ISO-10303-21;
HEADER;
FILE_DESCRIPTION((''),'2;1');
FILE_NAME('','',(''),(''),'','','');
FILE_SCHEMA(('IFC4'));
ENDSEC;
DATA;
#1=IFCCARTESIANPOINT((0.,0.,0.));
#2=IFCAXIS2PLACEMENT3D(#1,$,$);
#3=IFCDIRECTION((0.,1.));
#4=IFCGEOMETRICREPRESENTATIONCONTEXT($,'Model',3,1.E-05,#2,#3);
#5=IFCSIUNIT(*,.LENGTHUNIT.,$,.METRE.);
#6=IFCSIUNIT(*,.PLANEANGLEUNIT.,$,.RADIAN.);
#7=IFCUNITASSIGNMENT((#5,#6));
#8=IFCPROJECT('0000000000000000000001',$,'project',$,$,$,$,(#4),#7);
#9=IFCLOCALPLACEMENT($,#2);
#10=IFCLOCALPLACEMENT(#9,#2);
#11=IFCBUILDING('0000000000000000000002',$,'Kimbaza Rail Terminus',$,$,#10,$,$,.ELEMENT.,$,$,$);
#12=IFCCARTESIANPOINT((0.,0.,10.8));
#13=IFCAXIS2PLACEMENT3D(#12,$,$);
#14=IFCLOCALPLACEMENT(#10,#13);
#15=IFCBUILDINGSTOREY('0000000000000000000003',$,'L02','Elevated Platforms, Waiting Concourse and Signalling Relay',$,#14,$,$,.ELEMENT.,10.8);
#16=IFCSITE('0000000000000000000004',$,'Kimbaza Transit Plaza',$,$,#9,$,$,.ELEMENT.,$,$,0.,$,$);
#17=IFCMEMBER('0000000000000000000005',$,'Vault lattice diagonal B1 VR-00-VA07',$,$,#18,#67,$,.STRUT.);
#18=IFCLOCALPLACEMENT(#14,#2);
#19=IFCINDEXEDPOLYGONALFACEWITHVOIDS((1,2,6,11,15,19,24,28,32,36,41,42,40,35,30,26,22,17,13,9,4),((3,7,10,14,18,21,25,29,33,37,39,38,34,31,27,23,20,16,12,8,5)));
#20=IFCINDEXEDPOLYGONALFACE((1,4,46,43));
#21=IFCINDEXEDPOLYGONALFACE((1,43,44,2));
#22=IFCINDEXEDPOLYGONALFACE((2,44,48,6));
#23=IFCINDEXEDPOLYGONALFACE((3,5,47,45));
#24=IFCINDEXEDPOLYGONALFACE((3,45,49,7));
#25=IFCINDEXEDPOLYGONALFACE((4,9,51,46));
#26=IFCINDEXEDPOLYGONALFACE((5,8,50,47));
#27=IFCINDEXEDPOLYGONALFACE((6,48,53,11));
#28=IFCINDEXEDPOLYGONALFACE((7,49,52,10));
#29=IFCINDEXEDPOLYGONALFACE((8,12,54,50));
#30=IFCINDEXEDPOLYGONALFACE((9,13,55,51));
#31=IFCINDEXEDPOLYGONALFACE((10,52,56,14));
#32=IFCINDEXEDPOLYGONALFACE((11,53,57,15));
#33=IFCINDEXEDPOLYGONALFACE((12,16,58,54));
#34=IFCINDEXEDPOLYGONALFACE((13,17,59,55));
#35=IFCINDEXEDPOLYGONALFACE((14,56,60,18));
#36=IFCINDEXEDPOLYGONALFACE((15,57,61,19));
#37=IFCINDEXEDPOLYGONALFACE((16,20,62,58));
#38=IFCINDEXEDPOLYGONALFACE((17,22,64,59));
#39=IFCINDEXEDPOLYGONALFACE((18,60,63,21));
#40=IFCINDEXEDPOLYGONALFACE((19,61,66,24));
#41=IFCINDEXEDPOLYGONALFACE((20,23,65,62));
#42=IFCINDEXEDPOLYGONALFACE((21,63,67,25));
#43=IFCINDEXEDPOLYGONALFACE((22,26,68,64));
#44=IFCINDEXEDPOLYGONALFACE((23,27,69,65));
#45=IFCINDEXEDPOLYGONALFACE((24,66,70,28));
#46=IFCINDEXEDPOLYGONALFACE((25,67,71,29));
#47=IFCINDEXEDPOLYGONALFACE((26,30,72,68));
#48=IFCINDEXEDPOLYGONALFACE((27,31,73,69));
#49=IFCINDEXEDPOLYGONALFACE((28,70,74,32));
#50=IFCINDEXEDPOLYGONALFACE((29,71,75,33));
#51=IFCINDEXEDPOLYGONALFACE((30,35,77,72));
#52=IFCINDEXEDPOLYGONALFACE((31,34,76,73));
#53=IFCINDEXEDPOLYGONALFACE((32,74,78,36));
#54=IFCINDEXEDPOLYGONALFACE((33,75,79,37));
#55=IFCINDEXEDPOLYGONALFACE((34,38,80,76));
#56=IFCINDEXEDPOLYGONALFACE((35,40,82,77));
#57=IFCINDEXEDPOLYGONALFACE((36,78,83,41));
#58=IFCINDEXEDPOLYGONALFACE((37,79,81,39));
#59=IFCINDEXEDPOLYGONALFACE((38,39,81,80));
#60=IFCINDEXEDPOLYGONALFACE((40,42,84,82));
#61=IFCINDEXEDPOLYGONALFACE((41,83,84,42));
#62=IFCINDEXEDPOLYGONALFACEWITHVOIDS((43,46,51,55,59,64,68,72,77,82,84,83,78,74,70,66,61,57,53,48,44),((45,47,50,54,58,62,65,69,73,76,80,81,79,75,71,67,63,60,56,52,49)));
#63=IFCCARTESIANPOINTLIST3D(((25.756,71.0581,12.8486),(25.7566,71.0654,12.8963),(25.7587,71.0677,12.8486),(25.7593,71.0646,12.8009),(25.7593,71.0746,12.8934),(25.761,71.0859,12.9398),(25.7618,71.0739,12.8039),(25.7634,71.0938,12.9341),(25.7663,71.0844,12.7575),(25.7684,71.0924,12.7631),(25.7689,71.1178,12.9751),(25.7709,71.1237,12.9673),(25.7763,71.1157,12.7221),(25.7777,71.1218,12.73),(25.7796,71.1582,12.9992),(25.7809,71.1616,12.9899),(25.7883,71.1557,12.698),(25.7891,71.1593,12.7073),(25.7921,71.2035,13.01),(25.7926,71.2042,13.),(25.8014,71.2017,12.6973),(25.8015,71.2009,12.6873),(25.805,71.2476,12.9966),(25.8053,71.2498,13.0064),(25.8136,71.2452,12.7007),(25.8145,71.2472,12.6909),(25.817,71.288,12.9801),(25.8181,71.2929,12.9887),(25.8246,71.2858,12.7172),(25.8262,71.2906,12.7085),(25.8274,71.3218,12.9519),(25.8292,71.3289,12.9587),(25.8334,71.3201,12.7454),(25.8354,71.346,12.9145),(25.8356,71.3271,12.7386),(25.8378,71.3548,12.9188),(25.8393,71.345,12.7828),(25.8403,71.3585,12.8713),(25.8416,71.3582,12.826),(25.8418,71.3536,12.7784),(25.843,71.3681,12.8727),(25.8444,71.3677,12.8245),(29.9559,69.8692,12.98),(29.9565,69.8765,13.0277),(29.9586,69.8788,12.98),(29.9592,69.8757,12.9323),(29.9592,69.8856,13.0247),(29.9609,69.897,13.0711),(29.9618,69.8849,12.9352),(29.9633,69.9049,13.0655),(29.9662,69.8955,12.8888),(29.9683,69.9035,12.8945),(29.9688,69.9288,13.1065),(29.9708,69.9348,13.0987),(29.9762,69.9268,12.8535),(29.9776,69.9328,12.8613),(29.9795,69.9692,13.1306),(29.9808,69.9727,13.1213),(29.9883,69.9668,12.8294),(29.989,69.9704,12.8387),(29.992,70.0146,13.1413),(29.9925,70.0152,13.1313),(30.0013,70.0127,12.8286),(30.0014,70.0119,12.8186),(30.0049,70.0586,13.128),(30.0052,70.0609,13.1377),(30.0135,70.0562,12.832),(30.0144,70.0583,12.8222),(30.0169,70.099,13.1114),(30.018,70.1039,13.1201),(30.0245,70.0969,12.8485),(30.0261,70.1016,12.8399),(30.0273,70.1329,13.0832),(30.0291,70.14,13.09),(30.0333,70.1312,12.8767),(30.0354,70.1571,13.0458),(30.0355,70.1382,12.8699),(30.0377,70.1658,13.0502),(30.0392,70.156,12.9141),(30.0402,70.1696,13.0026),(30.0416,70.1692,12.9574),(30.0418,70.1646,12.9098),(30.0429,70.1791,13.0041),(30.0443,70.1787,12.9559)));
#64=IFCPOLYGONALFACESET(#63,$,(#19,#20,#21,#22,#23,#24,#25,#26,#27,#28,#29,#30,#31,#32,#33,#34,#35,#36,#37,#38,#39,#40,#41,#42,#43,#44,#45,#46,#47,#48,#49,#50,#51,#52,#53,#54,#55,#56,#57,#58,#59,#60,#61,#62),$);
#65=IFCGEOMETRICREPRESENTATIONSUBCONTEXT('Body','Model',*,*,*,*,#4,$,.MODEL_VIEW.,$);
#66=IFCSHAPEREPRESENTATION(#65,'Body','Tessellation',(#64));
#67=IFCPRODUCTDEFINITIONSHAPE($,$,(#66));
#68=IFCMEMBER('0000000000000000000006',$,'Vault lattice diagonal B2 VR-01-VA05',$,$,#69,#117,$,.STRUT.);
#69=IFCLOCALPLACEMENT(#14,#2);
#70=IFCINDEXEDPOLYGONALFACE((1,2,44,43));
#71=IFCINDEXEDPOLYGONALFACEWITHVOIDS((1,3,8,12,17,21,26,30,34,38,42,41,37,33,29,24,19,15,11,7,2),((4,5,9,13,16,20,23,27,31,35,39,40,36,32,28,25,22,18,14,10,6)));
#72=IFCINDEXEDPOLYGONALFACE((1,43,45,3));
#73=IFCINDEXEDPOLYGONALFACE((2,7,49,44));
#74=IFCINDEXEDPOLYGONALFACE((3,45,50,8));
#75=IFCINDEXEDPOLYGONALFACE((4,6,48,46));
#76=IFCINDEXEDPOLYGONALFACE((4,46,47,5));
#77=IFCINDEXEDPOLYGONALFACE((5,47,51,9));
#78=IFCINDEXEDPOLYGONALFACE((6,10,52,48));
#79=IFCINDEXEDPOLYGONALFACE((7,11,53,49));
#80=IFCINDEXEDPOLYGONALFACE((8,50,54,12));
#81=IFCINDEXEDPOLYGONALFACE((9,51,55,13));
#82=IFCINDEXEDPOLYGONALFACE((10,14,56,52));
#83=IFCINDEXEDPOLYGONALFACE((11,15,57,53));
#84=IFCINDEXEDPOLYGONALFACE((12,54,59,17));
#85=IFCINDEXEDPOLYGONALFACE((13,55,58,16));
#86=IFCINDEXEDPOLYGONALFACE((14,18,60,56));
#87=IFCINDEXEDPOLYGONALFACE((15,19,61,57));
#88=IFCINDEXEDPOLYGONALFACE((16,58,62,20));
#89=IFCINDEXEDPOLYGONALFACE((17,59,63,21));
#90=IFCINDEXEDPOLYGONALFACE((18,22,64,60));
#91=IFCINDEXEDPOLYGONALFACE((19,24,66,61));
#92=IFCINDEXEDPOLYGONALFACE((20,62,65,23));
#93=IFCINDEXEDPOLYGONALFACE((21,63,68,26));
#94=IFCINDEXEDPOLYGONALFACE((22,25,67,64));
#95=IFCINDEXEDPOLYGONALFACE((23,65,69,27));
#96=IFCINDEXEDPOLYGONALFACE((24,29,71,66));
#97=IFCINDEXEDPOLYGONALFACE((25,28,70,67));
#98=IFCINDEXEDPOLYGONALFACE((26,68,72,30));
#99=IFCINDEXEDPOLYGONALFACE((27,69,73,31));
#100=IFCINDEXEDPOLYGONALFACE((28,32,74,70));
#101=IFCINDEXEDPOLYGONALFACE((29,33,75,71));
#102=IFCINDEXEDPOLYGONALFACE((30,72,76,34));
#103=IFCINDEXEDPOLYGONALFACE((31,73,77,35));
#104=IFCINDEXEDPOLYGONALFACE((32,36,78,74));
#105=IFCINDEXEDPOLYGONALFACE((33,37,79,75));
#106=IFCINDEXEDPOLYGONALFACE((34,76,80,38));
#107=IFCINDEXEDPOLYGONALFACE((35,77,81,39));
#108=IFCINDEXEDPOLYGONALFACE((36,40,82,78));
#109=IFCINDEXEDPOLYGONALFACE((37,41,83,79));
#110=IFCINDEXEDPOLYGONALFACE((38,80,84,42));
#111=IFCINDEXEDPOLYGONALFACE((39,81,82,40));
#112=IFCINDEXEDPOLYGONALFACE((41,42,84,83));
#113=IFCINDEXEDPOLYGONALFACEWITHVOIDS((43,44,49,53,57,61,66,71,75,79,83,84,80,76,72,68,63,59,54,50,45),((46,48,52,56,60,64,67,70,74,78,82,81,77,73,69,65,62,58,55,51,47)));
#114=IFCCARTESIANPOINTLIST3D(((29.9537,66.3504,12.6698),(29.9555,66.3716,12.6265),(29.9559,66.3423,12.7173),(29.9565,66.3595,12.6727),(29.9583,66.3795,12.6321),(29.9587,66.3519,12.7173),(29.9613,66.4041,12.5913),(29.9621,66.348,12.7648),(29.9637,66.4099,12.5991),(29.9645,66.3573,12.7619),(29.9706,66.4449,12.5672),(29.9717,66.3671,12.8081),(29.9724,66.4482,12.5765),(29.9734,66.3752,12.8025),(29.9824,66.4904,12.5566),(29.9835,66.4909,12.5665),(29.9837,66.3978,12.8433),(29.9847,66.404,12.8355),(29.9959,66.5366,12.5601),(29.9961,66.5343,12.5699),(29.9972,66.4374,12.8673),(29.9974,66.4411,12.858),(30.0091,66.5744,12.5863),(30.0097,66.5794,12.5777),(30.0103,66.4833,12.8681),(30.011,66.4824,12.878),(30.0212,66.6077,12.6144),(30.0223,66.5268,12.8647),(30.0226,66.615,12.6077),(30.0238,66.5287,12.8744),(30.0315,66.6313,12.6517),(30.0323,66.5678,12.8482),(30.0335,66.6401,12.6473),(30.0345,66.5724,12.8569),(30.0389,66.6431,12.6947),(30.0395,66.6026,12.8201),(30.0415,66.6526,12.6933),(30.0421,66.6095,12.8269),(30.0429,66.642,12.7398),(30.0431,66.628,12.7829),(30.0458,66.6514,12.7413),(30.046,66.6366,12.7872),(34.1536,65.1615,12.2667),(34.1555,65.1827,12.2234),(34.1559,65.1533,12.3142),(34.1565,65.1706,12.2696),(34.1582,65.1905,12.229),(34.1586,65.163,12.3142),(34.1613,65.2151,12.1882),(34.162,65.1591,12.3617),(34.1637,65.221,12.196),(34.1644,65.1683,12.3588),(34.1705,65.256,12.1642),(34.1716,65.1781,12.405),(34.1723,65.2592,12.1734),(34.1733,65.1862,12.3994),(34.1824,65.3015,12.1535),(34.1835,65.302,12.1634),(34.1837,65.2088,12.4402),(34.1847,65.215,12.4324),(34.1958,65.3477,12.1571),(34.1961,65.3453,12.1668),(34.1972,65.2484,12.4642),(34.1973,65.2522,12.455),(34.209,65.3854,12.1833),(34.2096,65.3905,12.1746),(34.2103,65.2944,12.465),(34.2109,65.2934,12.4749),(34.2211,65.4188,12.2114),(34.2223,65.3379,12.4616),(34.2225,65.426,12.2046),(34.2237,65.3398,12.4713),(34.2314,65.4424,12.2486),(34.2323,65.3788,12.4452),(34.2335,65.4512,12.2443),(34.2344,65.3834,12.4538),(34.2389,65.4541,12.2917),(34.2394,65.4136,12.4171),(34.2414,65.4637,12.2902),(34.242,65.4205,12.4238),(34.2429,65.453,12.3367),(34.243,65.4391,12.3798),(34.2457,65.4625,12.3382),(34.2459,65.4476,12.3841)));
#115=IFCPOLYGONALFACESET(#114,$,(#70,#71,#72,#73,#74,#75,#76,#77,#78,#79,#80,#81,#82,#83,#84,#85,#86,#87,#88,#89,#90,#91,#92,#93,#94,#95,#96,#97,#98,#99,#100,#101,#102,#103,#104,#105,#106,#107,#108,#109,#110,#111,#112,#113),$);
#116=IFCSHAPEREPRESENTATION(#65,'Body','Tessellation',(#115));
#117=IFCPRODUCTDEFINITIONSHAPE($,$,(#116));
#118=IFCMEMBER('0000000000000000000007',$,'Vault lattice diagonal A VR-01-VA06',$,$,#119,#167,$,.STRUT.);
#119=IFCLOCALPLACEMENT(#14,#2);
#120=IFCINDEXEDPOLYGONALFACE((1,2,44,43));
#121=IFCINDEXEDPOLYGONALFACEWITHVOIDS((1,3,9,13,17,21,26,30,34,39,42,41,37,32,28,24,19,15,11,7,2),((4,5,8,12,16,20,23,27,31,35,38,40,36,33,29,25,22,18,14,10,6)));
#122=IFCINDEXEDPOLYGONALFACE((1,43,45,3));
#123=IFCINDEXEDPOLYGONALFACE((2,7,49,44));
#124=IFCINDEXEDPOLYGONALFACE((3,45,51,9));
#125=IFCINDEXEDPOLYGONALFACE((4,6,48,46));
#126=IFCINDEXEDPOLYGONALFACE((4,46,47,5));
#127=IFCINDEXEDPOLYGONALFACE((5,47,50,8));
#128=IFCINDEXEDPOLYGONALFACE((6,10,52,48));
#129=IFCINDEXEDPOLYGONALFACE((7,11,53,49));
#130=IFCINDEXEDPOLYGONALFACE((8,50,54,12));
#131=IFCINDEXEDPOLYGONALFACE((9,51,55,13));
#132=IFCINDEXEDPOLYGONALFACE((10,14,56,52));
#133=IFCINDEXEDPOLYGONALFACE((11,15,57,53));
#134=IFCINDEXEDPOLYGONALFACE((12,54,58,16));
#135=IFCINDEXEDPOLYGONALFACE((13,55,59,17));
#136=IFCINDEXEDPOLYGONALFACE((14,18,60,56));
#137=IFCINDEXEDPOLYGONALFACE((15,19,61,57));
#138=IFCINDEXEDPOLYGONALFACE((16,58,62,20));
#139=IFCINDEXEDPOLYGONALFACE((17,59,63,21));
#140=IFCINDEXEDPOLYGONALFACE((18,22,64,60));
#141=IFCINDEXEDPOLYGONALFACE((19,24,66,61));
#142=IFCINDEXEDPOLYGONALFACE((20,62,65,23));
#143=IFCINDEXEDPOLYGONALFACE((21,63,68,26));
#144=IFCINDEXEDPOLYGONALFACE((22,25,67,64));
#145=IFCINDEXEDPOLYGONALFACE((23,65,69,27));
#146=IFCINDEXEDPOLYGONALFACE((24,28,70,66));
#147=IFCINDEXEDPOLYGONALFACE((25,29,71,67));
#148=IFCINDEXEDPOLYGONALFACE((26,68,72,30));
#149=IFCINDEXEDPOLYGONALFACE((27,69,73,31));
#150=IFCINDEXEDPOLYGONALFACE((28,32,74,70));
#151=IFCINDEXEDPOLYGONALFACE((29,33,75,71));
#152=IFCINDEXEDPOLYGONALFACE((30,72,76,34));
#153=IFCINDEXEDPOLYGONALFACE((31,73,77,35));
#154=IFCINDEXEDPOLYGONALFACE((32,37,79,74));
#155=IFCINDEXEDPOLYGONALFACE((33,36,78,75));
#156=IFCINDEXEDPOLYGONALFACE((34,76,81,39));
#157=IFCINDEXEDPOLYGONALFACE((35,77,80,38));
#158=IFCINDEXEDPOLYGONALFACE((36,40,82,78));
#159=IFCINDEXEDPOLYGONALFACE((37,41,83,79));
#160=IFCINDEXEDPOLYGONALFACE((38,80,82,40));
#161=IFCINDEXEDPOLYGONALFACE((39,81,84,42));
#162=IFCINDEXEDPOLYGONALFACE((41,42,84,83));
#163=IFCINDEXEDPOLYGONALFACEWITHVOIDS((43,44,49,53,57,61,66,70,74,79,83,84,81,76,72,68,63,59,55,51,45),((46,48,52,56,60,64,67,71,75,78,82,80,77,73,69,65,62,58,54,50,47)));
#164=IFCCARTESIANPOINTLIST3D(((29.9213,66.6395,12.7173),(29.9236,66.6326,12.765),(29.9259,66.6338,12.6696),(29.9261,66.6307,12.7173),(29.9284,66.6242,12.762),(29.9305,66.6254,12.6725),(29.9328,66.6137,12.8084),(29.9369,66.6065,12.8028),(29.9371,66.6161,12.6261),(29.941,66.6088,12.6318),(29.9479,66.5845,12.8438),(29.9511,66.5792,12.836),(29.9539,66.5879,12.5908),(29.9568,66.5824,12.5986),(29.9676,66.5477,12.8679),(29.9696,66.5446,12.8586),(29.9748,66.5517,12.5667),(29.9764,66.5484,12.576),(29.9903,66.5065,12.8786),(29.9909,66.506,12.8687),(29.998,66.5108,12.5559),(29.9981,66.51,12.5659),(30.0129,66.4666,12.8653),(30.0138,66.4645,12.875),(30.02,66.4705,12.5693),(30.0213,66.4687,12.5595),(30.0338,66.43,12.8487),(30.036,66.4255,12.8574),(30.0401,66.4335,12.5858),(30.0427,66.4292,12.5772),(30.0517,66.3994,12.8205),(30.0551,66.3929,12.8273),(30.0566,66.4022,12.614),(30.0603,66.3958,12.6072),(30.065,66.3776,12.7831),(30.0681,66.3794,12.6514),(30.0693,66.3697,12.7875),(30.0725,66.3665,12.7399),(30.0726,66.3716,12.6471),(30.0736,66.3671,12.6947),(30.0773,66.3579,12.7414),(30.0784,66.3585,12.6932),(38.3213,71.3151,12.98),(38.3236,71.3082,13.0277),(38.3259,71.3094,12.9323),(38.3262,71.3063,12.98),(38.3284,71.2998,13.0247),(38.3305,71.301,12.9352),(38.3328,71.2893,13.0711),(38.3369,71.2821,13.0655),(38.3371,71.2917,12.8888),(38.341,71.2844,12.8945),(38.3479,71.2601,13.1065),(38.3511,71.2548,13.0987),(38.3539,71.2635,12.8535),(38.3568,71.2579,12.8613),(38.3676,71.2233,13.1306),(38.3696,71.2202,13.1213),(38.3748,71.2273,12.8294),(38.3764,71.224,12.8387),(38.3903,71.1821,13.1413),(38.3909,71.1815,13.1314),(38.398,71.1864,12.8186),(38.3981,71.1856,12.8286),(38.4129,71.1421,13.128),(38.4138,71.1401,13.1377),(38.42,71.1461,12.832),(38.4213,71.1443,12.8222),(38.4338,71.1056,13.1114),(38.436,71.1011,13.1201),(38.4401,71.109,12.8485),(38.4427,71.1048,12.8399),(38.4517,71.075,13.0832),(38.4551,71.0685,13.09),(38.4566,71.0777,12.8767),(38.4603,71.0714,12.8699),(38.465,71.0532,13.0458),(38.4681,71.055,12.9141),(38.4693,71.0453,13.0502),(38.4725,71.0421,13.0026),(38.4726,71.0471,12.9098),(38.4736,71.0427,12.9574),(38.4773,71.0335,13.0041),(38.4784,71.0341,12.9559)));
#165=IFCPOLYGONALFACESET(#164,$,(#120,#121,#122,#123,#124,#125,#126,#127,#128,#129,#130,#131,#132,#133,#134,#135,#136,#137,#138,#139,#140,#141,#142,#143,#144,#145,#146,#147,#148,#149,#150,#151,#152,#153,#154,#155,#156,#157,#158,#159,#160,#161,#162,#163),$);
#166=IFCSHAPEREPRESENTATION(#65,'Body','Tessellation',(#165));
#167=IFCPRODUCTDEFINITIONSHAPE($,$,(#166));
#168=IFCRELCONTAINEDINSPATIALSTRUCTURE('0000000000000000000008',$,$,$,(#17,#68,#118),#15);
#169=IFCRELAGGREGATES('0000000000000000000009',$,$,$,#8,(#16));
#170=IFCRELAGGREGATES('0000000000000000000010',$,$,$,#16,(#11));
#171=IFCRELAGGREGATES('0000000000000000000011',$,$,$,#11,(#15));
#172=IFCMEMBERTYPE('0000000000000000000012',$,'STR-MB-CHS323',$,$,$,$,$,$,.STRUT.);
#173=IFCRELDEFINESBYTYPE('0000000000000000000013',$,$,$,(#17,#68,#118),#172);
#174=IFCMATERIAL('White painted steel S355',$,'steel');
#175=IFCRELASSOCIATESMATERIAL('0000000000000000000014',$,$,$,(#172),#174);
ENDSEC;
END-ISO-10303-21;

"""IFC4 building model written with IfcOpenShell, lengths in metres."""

from ifc_helpers import new_model, si_unit, direction, frame, origin, origin_2d, place, context, subcontext, project, spatial, hollow_circle, extrude, material, material_profile, profile_set, type_object, element, save


model = new_model("IFC4")

# Units and contexts
model_context = context("Model", 3, precision=1e-05, world=origin(), true_north=direction((0.0, 1.0)))
body_context = subcontext(model_context, "Body", "Model", "MODEL_VIEW")
ifc_project = project(units=[si_unit("LENGTHUNIT", "METRE"), si_unit("PLANEANGLEUNIT", "RADIAN")], contexts=[model_context])

# Site, building, storey
site_placement = place(None, origin())
site = spatial("IfcSite", under=ifc_project, at=site_placement, Name="Kimbaza Transit Plaza", CompositionType="ELEMENT", RefElevation=0.0)
building_placement = place(site_placement, origin())
building = spatial("IfcBuilding", under=site, at=building_placement, Name="Kimbaza Rail Terminus", CompositionType="ELEMENT")
storey_placement = place(building_placement, frame((0.0, 0.0, 10.8)))
storey = spatial("IfcBuildingStorey", under=building, at=storey_placement, Name="L02", Description="Elevated Platforms, Waiting Concourse and Signalling Relay", CompositionType="ELEMENT", Elevation=10.8)

# Members
ifc_material_1 = material(Name="White painted steel S355", Category="steel")
ifc_material_profile_1 = material_profile(ifc_material_1, hollow_circle(Radius=0.1619, WallThickness=0.01, at=origin_2d()), Name="CHS 323.9x10")
ifc_profile_set_1 = profile_set([ifc_material_profile_1], Name="White painted steel S355")
member_type_1 = type_object("IfcMemberType", Name="STR-MB-CHS323", PredefinedType="STRUT", material=ifc_profile_set_1)
for number, where, z_axis, x_axis, name in (
    (1, (30.0, 70.0249, 12.98), (-0.961753, 0.272263, -0.030077), (-0.272386, -0.962188, 0.0), "Vault lattice diagonal B1 VR-00-VA07"),
):
    element("IfcMember", number, at=place(storey_placement, frame(where, z_axis=z_axis, x_axis=x_axis)), inside=storey, type_object=member_type_1, Name=name, PredefinedType="STRUT", context=body_context, shape_type="SweptSolid", body=[
        extrude(hollow_circle(Radius=0.1619, WallThickness=0.01, at=origin_2d()), origin(), (0.0, 0.0, 1.0), 4.3669),
    ])
member_1_placement = place(storey_placement, frame((34.2, 65.3091, 12.3142), z_axis=(-0.958112, 0.271232, 0.091952), x_axis=(-0.272386, -0.962188, 0.0)))
element("IfcMember", 2, at=member_1_placement, inside=storey, type_object=member_type_1, Name="Vault lattice diagonal B2 VR-01-VA05", PredefinedType="STRUT", context=body_context, shape_type="SweptSolid", body=[
    extrude(hollow_circle(Radius=0.1619, WallThickness=0.01, at=origin_2d()), origin(), (0.0, 0.0, 1.0), 4.3835),
])
member_2_placement = place(storey_placement, frame((30.0, 66.498, 12.7173), z_axis=(0.873437, 0.486171, 0.027316), x_axis=(-0.486352, 0.873763, 0.0)))
element("IfcMember", 3, at=member_2_placement, inside=storey, type_object=member_type_1, Name="Vault lattice diagonal A VR-01-VA06", PredefinedType="STRUT", context=body_context, shape_type="SweptSolid", body=[
    extrude(hollow_circle(Radius=0.1619, WallThickness=0.01, at=origin_2d()), origin(), (0.0, 0.0, 1.0), 9.6172),
])

save(model, "model.ifc")
